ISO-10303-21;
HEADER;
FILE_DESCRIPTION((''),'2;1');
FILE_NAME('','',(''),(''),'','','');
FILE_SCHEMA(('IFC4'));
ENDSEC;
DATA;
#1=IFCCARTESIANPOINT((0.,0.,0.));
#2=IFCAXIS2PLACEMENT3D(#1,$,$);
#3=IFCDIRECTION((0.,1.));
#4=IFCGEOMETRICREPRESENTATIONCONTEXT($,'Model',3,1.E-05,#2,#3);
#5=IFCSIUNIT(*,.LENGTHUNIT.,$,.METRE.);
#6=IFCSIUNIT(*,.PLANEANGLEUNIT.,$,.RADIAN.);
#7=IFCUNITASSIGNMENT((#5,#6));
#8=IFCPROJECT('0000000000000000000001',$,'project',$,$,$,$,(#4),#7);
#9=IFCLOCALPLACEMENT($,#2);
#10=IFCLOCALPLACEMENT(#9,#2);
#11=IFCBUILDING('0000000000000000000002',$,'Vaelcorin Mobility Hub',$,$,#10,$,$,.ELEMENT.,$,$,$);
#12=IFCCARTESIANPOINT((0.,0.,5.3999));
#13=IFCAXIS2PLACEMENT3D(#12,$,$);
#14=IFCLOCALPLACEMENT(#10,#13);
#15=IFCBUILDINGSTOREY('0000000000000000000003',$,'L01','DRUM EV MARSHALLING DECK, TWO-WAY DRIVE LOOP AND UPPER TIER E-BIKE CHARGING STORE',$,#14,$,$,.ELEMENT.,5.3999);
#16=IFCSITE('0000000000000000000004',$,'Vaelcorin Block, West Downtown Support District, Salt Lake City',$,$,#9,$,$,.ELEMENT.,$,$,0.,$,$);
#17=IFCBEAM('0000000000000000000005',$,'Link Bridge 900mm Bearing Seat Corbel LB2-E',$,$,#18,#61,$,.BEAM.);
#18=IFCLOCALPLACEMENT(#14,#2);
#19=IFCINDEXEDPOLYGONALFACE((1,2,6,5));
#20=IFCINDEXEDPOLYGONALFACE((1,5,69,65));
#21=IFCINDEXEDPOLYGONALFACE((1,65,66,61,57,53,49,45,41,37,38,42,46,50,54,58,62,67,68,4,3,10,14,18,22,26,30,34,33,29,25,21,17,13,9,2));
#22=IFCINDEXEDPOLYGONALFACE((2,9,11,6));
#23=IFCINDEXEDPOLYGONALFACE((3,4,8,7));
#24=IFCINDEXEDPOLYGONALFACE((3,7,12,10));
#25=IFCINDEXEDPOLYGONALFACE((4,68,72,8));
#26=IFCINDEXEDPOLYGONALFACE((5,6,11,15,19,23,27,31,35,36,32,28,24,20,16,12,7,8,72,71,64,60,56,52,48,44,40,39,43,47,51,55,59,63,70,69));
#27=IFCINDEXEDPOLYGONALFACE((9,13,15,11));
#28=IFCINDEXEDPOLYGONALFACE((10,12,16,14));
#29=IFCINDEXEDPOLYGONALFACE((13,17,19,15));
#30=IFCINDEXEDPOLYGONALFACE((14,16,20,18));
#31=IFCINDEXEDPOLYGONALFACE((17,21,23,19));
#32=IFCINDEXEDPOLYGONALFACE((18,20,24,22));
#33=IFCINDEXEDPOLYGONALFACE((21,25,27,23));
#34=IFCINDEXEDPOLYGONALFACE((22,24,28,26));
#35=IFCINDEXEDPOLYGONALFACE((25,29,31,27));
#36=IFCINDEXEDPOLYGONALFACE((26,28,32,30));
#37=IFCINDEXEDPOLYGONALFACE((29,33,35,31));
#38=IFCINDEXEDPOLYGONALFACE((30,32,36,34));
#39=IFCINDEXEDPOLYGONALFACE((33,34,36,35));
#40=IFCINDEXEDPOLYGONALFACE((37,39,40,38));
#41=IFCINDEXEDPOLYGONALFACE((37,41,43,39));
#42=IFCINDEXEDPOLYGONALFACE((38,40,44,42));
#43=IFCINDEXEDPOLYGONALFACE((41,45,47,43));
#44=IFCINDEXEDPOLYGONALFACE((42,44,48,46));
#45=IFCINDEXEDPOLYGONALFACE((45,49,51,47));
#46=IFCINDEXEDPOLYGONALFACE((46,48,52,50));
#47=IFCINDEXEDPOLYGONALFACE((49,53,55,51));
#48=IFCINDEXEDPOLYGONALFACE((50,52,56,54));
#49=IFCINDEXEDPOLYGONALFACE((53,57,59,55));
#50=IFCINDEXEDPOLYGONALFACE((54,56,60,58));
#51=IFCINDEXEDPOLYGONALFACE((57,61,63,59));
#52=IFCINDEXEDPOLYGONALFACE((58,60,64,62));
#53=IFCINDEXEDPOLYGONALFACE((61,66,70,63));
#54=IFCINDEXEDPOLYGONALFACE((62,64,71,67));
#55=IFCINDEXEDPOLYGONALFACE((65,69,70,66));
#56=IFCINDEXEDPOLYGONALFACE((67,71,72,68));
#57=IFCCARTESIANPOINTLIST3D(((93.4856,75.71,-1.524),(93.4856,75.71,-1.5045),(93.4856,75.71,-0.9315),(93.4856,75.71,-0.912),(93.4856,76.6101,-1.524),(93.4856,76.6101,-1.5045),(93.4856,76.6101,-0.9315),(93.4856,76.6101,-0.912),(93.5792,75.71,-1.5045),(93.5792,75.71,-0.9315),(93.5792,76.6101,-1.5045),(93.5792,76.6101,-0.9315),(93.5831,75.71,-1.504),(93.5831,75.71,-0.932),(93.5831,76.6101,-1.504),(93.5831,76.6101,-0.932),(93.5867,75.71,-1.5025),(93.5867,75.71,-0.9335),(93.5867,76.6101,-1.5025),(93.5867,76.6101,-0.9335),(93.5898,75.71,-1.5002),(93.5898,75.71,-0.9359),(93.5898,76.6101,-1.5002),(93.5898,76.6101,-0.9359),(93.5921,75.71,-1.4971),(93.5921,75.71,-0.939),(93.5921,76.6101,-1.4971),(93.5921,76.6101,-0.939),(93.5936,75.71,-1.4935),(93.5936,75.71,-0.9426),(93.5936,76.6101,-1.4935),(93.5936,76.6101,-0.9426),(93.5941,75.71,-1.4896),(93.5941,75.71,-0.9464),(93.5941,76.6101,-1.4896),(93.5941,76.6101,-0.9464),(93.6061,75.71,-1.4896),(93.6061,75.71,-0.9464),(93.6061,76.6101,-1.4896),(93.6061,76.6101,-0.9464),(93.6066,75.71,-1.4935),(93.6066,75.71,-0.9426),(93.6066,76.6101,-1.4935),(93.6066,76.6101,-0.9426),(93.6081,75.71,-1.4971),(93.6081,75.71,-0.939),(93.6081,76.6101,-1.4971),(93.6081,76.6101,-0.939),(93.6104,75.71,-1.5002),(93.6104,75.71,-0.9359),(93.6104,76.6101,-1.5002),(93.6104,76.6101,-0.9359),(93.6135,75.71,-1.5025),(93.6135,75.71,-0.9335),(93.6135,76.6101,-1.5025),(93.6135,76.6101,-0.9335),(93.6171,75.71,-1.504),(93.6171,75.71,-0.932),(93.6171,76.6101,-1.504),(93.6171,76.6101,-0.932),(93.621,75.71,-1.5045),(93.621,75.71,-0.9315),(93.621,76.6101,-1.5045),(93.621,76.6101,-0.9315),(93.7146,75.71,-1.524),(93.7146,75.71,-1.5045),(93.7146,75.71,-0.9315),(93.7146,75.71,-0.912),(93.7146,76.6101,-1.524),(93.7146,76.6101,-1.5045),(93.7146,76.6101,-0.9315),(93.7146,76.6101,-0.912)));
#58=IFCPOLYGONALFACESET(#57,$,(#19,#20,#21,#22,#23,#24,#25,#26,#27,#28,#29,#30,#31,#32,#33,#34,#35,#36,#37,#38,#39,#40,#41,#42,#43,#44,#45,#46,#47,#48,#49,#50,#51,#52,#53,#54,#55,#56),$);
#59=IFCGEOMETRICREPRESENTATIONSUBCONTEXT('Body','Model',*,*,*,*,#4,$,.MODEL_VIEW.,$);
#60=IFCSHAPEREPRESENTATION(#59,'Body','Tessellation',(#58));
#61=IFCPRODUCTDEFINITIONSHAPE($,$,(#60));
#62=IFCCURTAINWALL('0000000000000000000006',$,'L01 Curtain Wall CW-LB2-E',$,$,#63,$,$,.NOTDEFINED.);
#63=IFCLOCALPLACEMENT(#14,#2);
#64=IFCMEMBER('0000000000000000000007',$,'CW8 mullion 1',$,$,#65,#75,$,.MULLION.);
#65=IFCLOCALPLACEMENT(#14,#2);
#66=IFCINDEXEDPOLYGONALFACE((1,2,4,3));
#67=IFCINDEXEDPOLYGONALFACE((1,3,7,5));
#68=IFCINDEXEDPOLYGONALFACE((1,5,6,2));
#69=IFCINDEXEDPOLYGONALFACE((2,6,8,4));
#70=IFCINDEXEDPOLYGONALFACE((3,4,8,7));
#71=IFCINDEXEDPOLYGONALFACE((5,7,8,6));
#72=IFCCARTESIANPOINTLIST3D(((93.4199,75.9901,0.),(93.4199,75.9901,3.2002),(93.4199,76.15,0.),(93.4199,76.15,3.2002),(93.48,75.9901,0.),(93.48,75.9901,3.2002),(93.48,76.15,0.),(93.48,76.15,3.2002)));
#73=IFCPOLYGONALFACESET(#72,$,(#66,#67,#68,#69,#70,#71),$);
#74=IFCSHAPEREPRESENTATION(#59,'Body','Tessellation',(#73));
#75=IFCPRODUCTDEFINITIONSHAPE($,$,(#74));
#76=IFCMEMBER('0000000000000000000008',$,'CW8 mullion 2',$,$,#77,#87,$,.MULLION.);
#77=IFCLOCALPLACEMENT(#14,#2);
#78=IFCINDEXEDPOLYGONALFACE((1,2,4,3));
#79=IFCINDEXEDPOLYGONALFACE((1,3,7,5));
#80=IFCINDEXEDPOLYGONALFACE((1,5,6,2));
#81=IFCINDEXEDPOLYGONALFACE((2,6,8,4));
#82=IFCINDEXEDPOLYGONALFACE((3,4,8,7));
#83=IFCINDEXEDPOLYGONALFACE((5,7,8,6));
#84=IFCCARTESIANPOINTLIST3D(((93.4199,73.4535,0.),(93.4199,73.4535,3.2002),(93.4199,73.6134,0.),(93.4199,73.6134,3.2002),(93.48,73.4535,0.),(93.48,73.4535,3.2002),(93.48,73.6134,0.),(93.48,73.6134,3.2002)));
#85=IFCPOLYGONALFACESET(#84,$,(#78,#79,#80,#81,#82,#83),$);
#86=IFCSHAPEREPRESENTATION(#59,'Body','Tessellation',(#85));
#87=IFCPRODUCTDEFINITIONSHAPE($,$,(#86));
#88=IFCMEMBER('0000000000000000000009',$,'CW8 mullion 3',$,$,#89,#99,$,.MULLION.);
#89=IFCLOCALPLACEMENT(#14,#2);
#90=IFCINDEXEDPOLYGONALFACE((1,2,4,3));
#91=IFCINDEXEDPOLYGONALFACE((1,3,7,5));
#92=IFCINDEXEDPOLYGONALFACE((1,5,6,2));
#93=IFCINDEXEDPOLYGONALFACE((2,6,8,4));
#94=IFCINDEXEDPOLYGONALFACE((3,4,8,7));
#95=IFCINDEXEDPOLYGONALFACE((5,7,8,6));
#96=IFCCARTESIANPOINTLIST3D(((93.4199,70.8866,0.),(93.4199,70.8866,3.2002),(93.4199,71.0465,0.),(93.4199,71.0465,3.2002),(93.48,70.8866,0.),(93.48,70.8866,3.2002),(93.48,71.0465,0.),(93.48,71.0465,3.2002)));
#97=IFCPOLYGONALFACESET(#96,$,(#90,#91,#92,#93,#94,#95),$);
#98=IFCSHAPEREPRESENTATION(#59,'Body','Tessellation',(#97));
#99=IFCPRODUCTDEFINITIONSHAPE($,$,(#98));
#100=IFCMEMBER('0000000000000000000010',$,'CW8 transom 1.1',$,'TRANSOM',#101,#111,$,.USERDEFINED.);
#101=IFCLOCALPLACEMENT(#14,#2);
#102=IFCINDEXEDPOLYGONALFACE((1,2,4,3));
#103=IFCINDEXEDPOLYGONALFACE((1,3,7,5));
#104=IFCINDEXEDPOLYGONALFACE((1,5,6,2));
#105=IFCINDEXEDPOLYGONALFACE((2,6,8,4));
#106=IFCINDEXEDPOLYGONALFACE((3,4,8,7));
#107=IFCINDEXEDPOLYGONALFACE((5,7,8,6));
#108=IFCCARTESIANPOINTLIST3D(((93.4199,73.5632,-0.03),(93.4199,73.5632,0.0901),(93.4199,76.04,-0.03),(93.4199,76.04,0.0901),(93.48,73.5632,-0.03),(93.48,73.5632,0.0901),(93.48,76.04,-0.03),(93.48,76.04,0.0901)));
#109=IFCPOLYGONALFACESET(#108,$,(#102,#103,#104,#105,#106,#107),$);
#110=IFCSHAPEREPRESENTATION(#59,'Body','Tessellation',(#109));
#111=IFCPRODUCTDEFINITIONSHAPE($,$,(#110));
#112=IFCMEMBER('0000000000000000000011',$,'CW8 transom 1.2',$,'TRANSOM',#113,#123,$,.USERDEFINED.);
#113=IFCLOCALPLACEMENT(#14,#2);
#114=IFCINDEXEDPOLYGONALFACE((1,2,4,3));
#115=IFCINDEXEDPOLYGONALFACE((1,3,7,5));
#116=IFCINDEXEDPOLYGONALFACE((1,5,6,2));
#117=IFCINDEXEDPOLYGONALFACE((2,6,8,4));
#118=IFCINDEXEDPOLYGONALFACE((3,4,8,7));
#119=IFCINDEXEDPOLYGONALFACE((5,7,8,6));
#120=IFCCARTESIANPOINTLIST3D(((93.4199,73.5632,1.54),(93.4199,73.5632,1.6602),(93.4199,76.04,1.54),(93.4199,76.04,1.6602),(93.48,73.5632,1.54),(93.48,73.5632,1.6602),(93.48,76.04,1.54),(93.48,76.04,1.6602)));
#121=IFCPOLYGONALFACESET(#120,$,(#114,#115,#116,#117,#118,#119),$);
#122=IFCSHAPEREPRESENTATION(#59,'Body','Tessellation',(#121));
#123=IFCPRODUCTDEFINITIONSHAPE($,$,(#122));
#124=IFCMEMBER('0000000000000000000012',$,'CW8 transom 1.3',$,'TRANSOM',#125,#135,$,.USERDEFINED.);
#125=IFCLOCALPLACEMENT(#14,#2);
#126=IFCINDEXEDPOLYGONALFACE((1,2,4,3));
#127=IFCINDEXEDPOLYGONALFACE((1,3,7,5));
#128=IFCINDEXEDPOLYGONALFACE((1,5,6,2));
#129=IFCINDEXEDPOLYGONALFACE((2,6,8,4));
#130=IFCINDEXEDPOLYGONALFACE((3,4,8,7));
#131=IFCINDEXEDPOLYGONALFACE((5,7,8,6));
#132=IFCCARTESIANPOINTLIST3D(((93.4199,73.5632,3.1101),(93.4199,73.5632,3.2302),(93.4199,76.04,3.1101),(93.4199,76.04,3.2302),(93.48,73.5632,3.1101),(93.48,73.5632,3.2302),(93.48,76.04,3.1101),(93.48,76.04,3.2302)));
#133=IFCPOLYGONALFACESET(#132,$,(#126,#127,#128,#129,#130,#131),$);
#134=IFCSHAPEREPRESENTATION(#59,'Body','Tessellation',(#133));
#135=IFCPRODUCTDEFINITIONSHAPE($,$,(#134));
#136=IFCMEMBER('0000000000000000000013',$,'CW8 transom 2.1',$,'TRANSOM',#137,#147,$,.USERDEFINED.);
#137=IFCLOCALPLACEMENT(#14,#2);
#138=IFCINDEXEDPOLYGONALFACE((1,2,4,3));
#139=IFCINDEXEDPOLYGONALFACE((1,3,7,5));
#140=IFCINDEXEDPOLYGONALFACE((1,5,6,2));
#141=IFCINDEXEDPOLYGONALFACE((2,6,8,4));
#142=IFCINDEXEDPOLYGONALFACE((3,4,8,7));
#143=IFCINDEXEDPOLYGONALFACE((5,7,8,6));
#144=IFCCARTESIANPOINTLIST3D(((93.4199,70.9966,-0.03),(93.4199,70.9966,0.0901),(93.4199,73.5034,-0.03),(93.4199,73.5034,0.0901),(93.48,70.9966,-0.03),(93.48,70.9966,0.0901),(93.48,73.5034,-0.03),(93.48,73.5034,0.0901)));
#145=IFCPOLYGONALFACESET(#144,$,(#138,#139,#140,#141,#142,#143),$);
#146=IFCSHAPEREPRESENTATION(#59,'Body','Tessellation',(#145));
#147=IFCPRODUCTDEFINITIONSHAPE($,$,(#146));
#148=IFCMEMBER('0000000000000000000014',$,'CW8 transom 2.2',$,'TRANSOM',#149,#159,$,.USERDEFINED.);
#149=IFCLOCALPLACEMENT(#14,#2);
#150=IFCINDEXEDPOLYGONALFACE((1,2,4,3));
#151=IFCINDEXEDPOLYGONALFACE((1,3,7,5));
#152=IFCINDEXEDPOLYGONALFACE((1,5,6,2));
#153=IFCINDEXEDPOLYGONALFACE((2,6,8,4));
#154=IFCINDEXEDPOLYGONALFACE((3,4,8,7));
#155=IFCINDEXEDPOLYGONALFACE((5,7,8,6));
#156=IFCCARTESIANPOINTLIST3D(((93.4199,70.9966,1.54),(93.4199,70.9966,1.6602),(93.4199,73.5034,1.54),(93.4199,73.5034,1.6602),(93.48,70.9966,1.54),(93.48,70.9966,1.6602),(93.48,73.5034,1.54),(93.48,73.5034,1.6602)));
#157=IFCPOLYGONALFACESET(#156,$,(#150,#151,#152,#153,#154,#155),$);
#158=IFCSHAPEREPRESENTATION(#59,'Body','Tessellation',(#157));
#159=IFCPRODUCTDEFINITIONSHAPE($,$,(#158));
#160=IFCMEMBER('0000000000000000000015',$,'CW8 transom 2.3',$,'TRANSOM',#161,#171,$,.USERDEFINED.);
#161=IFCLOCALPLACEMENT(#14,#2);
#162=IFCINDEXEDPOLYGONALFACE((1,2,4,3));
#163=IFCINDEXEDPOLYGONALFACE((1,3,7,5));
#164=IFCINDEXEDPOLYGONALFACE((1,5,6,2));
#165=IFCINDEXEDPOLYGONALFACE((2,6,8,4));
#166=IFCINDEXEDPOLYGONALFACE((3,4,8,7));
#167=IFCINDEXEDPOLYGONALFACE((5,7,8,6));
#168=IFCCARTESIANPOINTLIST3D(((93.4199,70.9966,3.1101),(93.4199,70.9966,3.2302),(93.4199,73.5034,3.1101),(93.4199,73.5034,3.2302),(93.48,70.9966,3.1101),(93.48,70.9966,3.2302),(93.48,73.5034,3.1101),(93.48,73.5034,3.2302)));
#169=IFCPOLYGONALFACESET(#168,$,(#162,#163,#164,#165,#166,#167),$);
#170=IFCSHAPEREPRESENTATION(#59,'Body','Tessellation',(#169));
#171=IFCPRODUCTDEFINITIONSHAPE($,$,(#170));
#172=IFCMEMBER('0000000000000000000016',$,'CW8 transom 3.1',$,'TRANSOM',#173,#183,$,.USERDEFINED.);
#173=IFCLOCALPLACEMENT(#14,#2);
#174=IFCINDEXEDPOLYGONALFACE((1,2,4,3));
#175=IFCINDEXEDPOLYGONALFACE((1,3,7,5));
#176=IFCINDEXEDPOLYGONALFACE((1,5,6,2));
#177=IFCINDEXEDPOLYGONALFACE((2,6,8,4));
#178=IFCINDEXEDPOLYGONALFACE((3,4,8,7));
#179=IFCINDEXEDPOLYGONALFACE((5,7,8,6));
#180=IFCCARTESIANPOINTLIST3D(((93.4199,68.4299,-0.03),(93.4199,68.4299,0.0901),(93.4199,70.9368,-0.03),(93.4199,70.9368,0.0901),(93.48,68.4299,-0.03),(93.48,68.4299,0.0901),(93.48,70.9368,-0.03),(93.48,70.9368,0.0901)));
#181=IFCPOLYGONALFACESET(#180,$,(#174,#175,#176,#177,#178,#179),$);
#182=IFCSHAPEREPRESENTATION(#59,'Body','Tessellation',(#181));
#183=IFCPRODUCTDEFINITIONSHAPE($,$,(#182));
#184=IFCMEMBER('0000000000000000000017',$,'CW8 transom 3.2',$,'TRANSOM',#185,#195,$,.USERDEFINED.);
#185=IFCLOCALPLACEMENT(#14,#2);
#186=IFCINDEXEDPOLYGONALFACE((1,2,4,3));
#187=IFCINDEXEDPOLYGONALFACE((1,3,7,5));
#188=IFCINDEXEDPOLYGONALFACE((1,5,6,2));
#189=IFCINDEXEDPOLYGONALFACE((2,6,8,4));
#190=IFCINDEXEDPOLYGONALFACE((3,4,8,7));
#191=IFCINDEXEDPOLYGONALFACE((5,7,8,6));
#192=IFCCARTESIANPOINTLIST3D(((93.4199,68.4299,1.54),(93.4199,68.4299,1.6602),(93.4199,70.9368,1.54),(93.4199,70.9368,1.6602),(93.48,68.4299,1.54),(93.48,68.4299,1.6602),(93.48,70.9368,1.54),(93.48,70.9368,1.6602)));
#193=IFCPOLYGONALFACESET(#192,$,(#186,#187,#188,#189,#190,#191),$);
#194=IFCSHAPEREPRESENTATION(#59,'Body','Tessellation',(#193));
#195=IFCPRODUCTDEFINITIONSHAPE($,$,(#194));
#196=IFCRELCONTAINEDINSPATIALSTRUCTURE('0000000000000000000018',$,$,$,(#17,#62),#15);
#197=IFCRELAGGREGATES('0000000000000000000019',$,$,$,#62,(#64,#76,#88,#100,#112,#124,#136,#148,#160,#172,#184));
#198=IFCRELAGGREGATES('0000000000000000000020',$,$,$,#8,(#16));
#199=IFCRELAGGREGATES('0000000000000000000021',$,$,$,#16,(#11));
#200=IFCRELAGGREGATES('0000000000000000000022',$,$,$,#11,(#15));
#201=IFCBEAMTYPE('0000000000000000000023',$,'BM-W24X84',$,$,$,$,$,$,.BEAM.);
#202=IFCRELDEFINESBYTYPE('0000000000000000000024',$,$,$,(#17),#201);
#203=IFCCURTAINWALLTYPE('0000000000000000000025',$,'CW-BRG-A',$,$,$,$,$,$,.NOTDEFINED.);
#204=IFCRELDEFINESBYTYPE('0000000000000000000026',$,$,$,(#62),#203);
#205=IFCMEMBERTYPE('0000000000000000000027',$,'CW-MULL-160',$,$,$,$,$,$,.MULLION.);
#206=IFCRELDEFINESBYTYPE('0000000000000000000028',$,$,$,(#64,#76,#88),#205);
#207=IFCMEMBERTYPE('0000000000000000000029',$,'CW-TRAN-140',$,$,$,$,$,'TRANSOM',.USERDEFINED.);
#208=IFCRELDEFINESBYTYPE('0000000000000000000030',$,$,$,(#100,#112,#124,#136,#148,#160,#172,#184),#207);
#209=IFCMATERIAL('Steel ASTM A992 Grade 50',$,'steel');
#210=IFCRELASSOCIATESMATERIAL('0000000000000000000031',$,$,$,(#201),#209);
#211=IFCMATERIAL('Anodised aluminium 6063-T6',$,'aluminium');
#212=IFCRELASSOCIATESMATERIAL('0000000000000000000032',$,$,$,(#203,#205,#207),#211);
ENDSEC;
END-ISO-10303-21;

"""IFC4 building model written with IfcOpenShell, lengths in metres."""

from ifc_helpers import new_model, si_unit, direction, frame, origin, origin_2d, place, context, subcontext, project, spatial, rectangle, i_section, extrude, material, material_profile, profile_set, type_object, element, aggregate, save


model = new_model("IFC4")

# Units and contexts
model_context = context("Model", 3, precision=1e-05, world=origin(), true_north=direction((0.0, 1.0)))
body_context = subcontext(model_context, "Body", "Model", "MODEL_VIEW")
ifc_project = project(units=[si_unit("LENGTHUNIT", "METRE"), si_unit("PLANEANGLEUNIT", "RADIAN")], contexts=[model_context])

# Site, building, storey
site_placement = place(None, origin())
site = spatial("IfcSite", under=ifc_project, at=site_placement, Name="Vaelcorin Block, West Downtown Support District, Salt Lake City", CompositionType="ELEMENT", RefElevation=0.0)
building_placement = place(site_placement, origin())
building = spatial("IfcBuilding", under=site, at=building_placement, Name="Vaelcorin Mobility Hub", CompositionType="ELEMENT")
storey_placement = place(building_placement, frame((0.0, 0.0, 5.3999)))
storey = spatial("IfcBuildingStorey", under=building, at=storey_placement, Name="L01", Description="DRUM EV MARSHALLING DECK, TWO-WAY DRIVE LOOP AND UPPER TIER E-BIKE CHARGING STORE", CompositionType="ELEMENT", Elevation=5.3999)

# Beam
ifc_material_1 = material(Name="Steel ASTM A992 Grade 50", Category="steel")
ifc_material_profile_1 = material_profile(ifc_material_1, i_section(OverallWidth=0.229, OverallDepth=0.6121, WebThickness=0.012, FlangeThickness=0.0195, FilletRadius=0.0149, at=origin_2d()), Name="W24X84")
ifc_profile_set_1 = profile_set([ifc_material_profile_1], Name="Steel ASTM A992 Grade 50")
beam_type = type_object("IfcBeamType", Name="BM-W24X84", PredefinedType="BEAM", material=ifc_profile_set_1)
beam_placement = place(storey_placement, frame((93.6001, 76.6101, -1.218), z_axis=(0.0, -1.0, 0.0), x_axis=(1.0, 0.0, 0.0)))
element("IfcBeam", 1, at=beam_placement, inside=storey, type_object=beam_type, Name="Link Bridge 900mm Bearing Seat Corbel LB2-E", PredefinedType="BEAM", context=body_context, shape_type="SweptSolid", body=[
    extrude(i_section(OverallWidth=0.229, OverallDepth=0.6121, WebThickness=0.012, FlangeThickness=0.0195, FilletRadius=0.0149, at=origin_2d()), origin(), (0.0, 0.0, 1.0), 0.9001),
])

# Curtain wall, members
ifc_material_2 = material(Name="Anodised aluminium 6063-T6", Category="aluminium")
curtain_wall_type = type_object("IfcCurtainWallType", Name="CW-BRG-A", PredefinedType="NOTDEFINED", material=ifc_material_2)
curtain_wall_placement = place(storey_placement, origin())
curtain_wall = element("IfcCurtainWall", 2, at=curtain_wall_placement, inside=storey, type_object=curtain_wall_type, Name="L01 Curtain Wall CW-LB2-E", PredefinedType="NOTDEFINED")
ifc_material_profile_2 = material_profile(ifc_material_2, rectangle(XDim=0.0601, YDim=0.1599, at=origin_2d()), Name="ALU-M60X160")
ifc_profile_set_2 = profile_set([ifc_material_profile_2], Name="Anodised aluminium 6063-T6")
member_type_1 = type_object("IfcMemberType", Name="CW-MULL-160", PredefinedType="MULLION", material=ifc_profile_set_2)
member_1_placement = place(storey_placement, frame((93.45, 76.0701, 0.0), z_axis=(0.0, 0.0, 1.0), x_axis=(1.0, 0.0, 0.0)))
member_1 = element("IfcMember", 3, at=member_1_placement, type_object=member_type_1, Name="CW8 mullion 1", PredefinedType="MULLION", context=body_context, shape_type="SweptSolid", body=[
    extrude(rectangle(XDim=0.0601, YDim=0.1599, at=origin_2d()), origin(), (0.0, 0.0, 1.0), 3.2002),
])
member_2_placement = place(storey_placement, frame((93.45, 73.5334, 0.0), z_axis=(0.0, 0.0, 1.0), x_axis=(1.0, 0.0, 0.0)))
member_2 = element("IfcMember", 4, at=member_2_placement, type_object=member_type_1, Name="CW8 mullion 2", PredefinedType="MULLION", context=body_context, shape_type="SweptSolid", body=[
    extrude(rectangle(XDim=0.0601, YDim=0.1599, at=origin_2d()), origin(), (0.0, 0.0, 1.0), 3.2002),
])
member_3_placement = place(storey_placement, frame((93.45, 70.9666, 0.0), z_axis=(0.0, 0.0, 1.0), x_axis=(1.0, 0.0, 0.0)))
member_3 = element("IfcMember", 5, at=member_3_placement, type_object=member_type_1, Name="CW8 mullion 3", PredefinedType="MULLION", context=body_context, shape_type="SweptSolid", body=[
    extrude(rectangle(XDim=0.0601, YDim=0.1599, at=origin_2d()), origin(), (0.0, 0.0, 1.0), 3.2002),
])
ifc_material_profile_3 = material_profile(ifc_material_2, rectangle(XDim=0.0601, YDim=0.1201, at=origin_2d()), Name="ALU-T60X120")
ifc_profile_set_3 = profile_set([ifc_material_profile_3], Name="Anodised aluminium 6063-T6")
member_type_2 = type_object("IfcMemberType", Name="CW-TRAN-140", ElementType="TRANSOM", PredefinedType="USERDEFINED", material=ifc_profile_set_3)
member_4_placement = place(storey_placement, frame((93.45, 76.04, 0.03), z_axis=(0.0, -1.0, 0.0), x_axis=(1.0, 0.0, 0.0)))
member_4 = element("IfcMember", 6, at=member_4_placement, type_object=member_type_2, Name="CW8 transom 1.1", ObjectType="TRANSOM", PredefinedType="USERDEFINED", context=body_context, shape_type="SweptSolid", body=[
    extrude(rectangle(XDim=0.0601, YDim=0.1201, at=origin_2d()), origin(), (0.0, 0.0, 1.0), 2.4768),
])
member_5_placement = place(storey_placement, frame((93.45, 76.04, 1.6001), z_axis=(0.0, -1.0, 0.0), x_axis=(1.0, 0.0, 0.0)))
member_5 = element("IfcMember", 7, at=member_5_placement, type_object=member_type_2, Name="CW8 transom 1.2", ObjectType="TRANSOM", PredefinedType="USERDEFINED", context=body_context, shape_type="SweptSolid", body=[
    extrude(rectangle(XDim=0.0601, YDim=0.1201, at=origin_2d()), origin(), (0.0, 0.0, 1.0), 2.4768),
])
member_6_placement = place(storey_placement, frame((93.45, 76.04, 3.1702), z_axis=(0.0, -1.0, 0.0), x_axis=(1.0, 0.0, 0.0)))
member_6 = element("IfcMember", 8, at=member_6_placement, type_object=member_type_2, Name="CW8 transom 1.3", ObjectType="TRANSOM", PredefinedType="USERDEFINED", context=body_context, shape_type="SweptSolid", body=[
    extrude(rectangle(XDim=0.0601, YDim=0.1201, at=origin_2d()), origin(), (0.0, 0.0, 1.0), 2.4768),
])
member_7_placement = place(storey_placement, frame((93.45, 73.5034, 0.03), z_axis=(0.0, -1.0, 0.0), x_axis=(1.0, 0.0, 0.0)))
member_7 = element("IfcMember", 9, at=member_7_placement, type_object=member_type_2, Name="CW8 transom 2.1", ObjectType="TRANSOM", PredefinedType="USERDEFINED", context=body_context, shape_type="SweptSolid", body=[
    extrude(rectangle(XDim=0.0601, YDim=0.1201, at=origin_2d()), origin(), (0.0, 0.0, 1.0), 2.5068),
])
member_8_placement = place(storey_placement, frame((93.45, 73.5034, 1.6001), z_axis=(0.0, -1.0, 0.0), x_axis=(1.0, 0.0, 0.0)))
member_8 = element("IfcMember", 10, at=member_8_placement, type_object=member_type_2, Name="CW8 transom 2.2", ObjectType="TRANSOM", PredefinedType="USERDEFINED", context=body_context, shape_type="SweptSolid", body=[
    extrude(rectangle(XDim=0.0601, YDim=0.1201, at=origin_2d()), origin(), (0.0, 0.0, 1.0), 2.5068),
])
member_9_placement = place(storey_placement, frame((93.45, 73.5034, 3.1702), z_axis=(0.0, -1.0, 0.0), x_axis=(1.0, 0.0, 0.0)))
member_9 = element("IfcMember", 11, at=member_9_placement, type_object=member_type_2, Name="CW8 transom 2.3", ObjectType="TRANSOM", PredefinedType="USERDEFINED", context=body_context, shape_type="SweptSolid", body=[
    extrude(rectangle(XDim=0.0601, YDim=0.1201, at=origin_2d()), origin(), (0.0, 0.0, 1.0), 2.5068),
])
member_10_placement = place(storey_placement, frame((93.45, 70.9368, 0.03), z_axis=(0.0, -1.0, 0.0), x_axis=(1.0, 0.0, 0.0)))
member_10 = element("IfcMember", 12, at=member_10_placement, type_object=member_type_2, Name="CW8 transom 3.1", ObjectType="TRANSOM", PredefinedType="USERDEFINED", context=body_context, shape_type="SweptSolid", body=[
    extrude(rectangle(XDim=0.0601, YDim=0.1201, at=origin_2d()), origin(), (0.0, 0.0, 1.0), 2.5068),
])
member_11_placement = place(storey_placement, frame((93.45, 70.9368, 1.6001), z_axis=(0.0, -1.0, 0.0), x_axis=(1.0, 0.0, 0.0)))
member_11 = element("IfcMember", 13, at=member_11_placement, type_object=member_type_2, Name="CW8 transom 3.2", ObjectType="TRANSOM", PredefinedType="USERDEFINED", context=body_context, shape_type="SweptSolid", body=[
    extrude(rectangle(XDim=0.0601, YDim=0.1201, at=origin_2d()), origin(), (0.0, 0.0, 1.0), 2.5068),
])
aggregate(curtain_wall, [member_1, member_2, member_3, member_4, member_5, member_6, member_7, member_8, member_9, member_10, member_11])

save(model, "model.ifc")
